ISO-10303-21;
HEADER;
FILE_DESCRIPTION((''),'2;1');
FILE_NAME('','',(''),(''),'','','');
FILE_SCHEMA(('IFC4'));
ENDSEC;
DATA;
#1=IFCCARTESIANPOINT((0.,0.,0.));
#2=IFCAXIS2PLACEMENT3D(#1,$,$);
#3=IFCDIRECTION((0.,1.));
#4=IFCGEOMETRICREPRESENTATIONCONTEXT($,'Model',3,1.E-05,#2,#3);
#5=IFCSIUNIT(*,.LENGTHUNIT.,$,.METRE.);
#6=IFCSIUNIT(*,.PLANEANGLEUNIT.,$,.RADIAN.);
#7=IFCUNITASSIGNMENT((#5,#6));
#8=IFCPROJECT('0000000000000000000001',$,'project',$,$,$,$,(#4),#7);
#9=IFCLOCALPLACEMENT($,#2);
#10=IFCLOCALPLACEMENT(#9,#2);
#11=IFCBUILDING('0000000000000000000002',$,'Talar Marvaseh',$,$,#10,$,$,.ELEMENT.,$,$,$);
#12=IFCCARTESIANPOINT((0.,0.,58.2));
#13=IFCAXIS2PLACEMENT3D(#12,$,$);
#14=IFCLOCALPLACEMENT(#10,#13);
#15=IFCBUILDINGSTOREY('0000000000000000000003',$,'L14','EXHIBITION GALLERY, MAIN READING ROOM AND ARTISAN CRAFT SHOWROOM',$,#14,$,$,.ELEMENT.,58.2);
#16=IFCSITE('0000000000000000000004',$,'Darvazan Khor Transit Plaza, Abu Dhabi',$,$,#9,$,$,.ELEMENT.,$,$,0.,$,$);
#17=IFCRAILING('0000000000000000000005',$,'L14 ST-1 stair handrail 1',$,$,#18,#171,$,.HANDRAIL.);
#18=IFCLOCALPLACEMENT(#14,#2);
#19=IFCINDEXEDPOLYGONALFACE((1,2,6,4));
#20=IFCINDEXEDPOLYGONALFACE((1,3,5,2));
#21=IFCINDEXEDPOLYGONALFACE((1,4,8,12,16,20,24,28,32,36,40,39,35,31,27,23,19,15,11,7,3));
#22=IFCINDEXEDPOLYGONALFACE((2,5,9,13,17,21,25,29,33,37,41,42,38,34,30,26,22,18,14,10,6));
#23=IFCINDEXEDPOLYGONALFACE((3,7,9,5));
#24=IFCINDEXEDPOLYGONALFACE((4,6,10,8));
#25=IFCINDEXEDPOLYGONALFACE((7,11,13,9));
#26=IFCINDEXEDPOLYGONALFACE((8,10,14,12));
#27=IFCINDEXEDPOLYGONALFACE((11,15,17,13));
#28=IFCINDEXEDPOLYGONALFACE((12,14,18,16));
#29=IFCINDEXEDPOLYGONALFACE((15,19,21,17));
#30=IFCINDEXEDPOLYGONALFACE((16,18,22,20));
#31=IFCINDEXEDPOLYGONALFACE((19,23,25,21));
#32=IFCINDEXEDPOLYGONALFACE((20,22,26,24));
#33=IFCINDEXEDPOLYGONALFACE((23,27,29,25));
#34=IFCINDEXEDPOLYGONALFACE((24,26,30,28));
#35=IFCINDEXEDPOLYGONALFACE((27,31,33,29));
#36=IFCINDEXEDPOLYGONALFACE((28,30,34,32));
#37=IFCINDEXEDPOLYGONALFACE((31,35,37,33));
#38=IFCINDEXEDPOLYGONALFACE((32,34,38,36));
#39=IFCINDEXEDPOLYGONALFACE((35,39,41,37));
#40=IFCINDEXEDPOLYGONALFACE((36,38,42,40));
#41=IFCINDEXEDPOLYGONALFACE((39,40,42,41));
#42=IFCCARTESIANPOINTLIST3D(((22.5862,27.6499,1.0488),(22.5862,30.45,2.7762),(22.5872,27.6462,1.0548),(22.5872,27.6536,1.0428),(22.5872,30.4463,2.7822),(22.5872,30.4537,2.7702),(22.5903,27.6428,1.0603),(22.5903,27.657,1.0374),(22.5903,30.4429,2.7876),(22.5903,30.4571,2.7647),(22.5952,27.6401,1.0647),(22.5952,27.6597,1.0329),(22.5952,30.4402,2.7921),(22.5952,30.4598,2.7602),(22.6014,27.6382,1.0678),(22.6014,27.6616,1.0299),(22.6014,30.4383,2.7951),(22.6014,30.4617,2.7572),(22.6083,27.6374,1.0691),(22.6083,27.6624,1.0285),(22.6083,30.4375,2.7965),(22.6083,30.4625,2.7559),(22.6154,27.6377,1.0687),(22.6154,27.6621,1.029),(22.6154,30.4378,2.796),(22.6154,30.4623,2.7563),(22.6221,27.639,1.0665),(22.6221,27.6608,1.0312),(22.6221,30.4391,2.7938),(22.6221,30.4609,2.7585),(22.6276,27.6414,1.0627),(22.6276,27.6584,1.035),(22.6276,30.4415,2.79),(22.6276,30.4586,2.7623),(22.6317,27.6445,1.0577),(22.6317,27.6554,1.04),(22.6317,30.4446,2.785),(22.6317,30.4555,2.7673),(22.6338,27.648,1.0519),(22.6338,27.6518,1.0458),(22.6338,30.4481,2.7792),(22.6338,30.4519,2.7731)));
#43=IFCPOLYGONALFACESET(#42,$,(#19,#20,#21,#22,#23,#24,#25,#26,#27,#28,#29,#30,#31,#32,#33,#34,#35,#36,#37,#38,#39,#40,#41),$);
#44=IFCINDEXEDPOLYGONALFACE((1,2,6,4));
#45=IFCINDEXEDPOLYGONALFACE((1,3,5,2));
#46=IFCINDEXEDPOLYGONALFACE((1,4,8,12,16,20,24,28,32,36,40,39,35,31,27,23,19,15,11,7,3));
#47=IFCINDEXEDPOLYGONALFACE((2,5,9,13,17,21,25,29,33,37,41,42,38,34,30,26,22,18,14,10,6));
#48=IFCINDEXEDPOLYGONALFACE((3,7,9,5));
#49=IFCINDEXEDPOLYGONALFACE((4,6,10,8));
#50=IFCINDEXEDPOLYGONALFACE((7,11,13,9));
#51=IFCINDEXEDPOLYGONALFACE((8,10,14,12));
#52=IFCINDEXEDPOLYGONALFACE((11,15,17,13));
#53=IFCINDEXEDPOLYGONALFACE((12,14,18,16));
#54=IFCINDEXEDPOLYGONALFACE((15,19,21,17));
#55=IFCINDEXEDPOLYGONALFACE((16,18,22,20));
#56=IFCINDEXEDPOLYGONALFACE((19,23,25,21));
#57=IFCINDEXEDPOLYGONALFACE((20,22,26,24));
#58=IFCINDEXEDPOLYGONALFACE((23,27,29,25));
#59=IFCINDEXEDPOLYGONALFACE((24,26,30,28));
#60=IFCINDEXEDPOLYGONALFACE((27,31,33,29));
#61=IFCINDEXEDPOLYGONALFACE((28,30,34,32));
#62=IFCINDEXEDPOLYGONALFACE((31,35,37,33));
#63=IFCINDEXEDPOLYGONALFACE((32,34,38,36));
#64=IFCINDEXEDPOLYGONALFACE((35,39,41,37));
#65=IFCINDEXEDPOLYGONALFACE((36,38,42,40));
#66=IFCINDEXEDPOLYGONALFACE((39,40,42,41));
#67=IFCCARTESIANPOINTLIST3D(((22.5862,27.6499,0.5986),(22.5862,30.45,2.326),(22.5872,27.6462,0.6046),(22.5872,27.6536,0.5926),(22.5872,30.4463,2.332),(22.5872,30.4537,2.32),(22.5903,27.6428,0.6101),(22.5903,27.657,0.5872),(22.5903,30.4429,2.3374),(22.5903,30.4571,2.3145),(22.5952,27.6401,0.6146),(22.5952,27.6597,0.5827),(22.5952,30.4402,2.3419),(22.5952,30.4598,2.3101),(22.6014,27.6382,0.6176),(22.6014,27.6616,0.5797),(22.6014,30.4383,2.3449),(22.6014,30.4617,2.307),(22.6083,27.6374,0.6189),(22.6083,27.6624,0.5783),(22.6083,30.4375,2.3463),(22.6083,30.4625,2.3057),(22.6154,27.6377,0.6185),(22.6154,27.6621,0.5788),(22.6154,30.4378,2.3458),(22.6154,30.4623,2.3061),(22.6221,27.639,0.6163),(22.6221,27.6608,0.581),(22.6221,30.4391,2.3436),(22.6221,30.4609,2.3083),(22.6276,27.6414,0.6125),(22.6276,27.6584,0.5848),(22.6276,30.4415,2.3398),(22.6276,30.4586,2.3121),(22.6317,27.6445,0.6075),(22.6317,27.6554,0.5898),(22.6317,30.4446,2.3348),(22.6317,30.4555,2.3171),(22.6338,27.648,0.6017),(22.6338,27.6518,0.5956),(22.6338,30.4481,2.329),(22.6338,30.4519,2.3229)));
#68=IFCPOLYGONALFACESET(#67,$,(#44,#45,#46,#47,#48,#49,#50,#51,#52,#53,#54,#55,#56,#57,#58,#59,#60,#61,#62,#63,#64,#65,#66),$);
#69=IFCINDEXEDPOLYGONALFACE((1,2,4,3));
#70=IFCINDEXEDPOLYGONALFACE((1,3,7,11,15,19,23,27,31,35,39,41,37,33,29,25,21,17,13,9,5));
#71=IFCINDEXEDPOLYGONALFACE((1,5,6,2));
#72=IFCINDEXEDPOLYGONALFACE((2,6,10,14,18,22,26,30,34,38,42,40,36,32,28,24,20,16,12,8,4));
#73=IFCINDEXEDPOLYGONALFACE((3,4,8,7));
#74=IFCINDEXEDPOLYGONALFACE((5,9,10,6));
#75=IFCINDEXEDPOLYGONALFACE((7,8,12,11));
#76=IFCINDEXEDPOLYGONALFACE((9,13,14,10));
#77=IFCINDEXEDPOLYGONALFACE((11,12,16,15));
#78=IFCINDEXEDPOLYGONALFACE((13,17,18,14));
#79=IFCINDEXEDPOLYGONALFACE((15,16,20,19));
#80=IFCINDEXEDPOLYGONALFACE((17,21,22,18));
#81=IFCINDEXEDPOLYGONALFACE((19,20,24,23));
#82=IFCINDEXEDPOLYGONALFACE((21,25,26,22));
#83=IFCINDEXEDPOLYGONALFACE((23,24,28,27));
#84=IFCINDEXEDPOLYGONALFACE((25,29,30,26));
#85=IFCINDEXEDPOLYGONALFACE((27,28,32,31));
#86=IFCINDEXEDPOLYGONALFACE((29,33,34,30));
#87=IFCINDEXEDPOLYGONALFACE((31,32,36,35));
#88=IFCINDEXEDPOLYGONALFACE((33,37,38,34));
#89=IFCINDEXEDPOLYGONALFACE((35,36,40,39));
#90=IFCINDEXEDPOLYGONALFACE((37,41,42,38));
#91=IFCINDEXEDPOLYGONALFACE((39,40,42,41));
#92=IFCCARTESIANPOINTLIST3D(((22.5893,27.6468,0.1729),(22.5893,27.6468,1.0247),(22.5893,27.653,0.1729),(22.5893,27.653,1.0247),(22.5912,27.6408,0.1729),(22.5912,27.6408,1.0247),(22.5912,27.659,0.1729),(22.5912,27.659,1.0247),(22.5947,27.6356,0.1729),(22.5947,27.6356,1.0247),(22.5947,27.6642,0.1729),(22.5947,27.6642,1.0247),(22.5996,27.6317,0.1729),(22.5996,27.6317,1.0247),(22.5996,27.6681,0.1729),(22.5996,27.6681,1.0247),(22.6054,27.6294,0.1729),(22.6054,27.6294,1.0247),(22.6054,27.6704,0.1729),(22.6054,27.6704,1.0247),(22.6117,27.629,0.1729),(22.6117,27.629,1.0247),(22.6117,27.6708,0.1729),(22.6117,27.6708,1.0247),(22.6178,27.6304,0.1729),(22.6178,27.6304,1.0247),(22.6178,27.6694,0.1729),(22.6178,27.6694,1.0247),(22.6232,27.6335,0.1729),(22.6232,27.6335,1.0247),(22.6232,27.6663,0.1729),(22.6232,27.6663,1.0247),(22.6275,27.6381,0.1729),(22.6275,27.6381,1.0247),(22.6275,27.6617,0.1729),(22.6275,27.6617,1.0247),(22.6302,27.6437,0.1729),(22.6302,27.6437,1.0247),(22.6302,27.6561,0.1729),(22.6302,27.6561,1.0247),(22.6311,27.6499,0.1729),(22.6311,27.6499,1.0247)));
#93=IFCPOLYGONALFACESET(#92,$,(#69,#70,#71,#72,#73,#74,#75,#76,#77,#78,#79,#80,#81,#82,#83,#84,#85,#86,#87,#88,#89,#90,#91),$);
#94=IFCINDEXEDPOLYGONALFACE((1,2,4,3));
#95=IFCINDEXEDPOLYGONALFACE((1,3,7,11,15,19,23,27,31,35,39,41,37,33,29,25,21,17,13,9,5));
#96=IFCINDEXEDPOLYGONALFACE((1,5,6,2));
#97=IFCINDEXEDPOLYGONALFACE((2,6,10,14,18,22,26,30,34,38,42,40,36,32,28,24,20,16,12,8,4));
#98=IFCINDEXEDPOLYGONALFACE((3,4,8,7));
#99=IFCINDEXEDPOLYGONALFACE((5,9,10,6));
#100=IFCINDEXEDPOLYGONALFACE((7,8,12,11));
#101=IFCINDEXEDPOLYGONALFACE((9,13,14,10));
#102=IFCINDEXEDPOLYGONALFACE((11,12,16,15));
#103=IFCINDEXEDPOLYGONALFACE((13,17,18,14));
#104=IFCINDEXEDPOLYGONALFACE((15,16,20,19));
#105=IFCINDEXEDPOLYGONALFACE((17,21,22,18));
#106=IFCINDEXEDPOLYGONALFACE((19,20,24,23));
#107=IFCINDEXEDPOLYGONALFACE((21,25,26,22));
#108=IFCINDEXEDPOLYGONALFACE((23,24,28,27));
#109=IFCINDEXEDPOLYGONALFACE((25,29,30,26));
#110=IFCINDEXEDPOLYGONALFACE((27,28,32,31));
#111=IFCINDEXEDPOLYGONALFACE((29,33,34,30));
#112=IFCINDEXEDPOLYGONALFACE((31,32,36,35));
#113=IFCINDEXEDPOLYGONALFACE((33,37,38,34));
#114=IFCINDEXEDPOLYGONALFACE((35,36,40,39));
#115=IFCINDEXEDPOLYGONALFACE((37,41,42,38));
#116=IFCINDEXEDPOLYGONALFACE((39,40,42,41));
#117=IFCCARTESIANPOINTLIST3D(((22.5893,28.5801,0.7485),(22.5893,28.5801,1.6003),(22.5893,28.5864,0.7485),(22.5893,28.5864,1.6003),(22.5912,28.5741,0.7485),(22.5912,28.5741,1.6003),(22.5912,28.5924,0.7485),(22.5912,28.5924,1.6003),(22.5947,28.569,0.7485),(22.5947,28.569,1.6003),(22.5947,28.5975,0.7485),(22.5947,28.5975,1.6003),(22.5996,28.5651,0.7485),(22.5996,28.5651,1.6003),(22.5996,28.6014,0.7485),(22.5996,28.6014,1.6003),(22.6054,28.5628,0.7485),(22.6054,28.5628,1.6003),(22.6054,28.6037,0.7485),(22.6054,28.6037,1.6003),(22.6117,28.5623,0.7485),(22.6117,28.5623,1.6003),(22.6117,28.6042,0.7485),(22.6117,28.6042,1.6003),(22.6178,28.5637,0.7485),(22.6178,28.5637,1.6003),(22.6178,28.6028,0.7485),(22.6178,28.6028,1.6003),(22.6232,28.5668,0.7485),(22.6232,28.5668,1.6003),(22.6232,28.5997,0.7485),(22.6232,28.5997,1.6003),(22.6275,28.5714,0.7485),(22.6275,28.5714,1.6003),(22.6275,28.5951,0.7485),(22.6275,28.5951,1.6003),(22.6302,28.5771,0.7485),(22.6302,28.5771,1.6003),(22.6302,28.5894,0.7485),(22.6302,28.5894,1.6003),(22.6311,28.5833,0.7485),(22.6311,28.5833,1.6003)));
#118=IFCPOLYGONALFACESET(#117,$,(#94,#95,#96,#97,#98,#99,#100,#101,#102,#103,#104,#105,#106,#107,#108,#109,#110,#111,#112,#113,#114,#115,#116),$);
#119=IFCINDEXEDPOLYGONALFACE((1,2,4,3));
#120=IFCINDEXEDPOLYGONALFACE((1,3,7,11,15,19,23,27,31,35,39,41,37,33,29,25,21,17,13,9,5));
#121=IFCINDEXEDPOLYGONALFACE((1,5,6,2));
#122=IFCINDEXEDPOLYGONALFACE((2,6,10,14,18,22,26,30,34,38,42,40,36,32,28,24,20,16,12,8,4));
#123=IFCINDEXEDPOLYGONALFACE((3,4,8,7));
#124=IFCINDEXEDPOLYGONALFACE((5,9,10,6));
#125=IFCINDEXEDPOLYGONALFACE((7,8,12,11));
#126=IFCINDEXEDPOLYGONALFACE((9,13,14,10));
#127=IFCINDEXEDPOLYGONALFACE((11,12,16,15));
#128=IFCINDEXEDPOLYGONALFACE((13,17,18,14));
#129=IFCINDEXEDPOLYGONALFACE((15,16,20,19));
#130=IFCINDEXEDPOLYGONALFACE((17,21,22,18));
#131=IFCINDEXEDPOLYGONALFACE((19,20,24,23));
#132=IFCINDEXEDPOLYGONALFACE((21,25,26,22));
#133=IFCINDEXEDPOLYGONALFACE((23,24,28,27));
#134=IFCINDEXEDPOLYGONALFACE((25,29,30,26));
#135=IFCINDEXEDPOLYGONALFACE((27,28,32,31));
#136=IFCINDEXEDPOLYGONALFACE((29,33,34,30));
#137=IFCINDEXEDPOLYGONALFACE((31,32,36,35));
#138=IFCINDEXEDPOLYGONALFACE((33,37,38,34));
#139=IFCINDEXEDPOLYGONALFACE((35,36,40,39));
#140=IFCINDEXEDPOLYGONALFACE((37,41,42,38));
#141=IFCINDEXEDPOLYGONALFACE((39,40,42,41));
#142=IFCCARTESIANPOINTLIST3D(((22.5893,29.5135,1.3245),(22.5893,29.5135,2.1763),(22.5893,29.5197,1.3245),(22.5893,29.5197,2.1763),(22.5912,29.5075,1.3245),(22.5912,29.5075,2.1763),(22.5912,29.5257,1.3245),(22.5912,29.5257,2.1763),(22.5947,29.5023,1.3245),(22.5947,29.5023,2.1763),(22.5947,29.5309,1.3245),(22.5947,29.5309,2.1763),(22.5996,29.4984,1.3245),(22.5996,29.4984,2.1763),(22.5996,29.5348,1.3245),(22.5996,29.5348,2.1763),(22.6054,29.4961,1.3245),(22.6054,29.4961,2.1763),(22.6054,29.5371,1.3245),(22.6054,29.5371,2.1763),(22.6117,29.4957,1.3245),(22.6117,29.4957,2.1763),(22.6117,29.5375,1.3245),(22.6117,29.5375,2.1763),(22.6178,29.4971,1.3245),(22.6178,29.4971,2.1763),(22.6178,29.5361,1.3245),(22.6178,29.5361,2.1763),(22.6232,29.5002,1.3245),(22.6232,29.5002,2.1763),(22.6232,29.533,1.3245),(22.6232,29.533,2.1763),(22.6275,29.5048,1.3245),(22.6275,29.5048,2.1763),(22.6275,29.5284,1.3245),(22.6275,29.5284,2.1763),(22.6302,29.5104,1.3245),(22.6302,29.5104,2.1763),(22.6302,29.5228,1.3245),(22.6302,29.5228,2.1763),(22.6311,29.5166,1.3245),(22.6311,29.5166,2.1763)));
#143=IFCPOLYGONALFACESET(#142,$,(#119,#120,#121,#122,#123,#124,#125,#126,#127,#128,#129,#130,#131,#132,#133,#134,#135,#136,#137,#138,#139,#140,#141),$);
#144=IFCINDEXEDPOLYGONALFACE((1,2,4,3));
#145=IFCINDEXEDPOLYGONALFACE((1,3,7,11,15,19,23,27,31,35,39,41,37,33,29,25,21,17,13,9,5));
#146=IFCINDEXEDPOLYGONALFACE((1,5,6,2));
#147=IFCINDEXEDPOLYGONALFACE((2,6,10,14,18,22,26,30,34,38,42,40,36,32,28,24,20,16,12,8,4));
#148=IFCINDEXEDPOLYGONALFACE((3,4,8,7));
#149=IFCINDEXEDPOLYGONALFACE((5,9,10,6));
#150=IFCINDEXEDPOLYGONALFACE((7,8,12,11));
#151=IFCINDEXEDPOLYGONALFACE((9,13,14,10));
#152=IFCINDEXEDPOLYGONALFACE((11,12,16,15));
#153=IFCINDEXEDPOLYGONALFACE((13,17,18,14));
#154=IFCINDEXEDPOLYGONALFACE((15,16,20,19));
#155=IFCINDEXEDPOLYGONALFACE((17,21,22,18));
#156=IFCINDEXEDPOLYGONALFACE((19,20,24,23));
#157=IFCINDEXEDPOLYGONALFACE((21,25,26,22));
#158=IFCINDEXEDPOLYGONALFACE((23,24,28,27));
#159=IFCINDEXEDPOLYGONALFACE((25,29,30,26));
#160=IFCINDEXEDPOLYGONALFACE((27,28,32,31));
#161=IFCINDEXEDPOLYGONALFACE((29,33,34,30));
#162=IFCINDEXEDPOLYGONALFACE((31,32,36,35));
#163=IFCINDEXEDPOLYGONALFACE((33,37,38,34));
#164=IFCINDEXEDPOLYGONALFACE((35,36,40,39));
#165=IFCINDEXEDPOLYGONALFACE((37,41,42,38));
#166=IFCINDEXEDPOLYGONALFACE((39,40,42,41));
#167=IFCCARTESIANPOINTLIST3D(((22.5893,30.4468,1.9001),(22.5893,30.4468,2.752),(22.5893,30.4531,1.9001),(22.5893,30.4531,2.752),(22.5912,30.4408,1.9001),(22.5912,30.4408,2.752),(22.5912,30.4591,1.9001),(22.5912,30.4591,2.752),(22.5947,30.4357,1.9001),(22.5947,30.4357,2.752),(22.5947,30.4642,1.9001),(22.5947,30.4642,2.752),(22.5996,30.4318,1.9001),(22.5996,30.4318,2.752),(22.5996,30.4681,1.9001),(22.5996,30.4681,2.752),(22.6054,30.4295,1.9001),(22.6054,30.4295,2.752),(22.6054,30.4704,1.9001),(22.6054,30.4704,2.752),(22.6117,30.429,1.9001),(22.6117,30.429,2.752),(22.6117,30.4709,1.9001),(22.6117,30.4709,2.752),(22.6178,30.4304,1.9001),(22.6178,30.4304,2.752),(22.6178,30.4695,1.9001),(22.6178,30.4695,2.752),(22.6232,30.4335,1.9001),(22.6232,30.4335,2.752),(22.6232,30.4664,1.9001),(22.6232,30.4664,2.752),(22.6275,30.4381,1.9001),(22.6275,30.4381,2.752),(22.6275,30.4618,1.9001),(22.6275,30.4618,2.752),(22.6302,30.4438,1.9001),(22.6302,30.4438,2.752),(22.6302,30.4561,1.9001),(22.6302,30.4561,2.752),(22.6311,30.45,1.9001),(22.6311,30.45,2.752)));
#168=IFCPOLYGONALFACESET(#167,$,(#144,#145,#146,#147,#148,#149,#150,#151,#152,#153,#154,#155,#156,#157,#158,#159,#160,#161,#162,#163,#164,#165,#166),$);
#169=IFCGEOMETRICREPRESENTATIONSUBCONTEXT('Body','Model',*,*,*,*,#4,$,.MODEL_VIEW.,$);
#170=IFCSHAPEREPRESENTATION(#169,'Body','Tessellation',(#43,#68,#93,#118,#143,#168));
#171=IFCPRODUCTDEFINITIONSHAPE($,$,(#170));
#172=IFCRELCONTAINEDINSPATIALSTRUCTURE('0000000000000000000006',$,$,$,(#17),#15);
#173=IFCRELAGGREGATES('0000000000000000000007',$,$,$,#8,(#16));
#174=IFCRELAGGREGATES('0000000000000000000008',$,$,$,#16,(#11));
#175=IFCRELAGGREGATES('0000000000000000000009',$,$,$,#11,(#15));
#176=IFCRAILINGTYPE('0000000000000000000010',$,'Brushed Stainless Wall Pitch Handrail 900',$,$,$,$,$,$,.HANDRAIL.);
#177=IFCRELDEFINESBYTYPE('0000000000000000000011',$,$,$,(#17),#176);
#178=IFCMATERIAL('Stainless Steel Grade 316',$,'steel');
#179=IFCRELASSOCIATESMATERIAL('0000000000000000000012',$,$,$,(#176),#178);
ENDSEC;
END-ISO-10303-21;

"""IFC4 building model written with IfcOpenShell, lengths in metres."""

from ifc_helpers import new_model, si_unit, direction, frame, origin, origin_2d, place, context, subcontext, project, spatial, circle, extrude, material, type_object, element, save


model = new_model("IFC4")

# Units and contexts
model_context = context("Model", 3, precision=1e-05, world=origin(), true_north=direction((0.0, 1.0)))
body_context = subcontext(model_context, "Body", "Model", "MODEL_VIEW")
ifc_project = project(units=[si_unit("LENGTHUNIT", "METRE"), si_unit("PLANEANGLEUNIT", "RADIAN")], contexts=[model_context])

# Site, building, storey
site_placement = place(None, origin())
site = spatial("IfcSite", under=ifc_project, at=site_placement, Name="Darvazan Khor Transit Plaza, Abu Dhabi", CompositionType="ELEMENT", RefElevation=0.0)
building_placement = place(site_placement, origin())
building = spatial("IfcBuilding", under=site, at=building_placement, Name="Talar Marvaseh", CompositionType="ELEMENT")
storey_placement = place(building_placement, frame((0.0, 0.0, 58.2)))
storey = spatial("IfcBuildingStorey", under=building, at=storey_placement, Name="L14", Description="EXHIBITION GALLERY, MAIN READING ROOM AND ARTISAN CRAFT SHOWROOM", CompositionType="ELEMENT", Elevation=58.2)

# Railing
ifc_material_1 = material(Name="Stainless Steel Grade 316", Category="steel")
railing_type_1 = type_object("IfcRailingType", Name="Brushed Stainless Wall Pitch Handrail 900", PredefinedType="HANDRAIL", material=ifc_material_1)
railing_1_placement = place(storey_placement, frame((22.6101, 27.6499, 0.1729)))
element("IfcRailing", 1, at=railing_1_placement, inside=storey, type_object=railing_type_1, Name="L14 ST-1 stair handrail 1", PredefinedType="HANDRAIL", context=body_context, shape_type="SweptSolid", body=[
    extrude(circle(Radius=0.0239, at=origin_2d()), frame((0.0, 0.0, 0.876), z_axis=(0.0, 0.85109, 0.52502), x_axis=(-1.0, 0.0, 0.0)), (0.0, 0.0, 1.0), 3.29),
    extrude(circle(Radius=0.0239, at=origin_2d()), frame((0.0, 0.0, 0.4258), z_axis=(0.0, 0.85109, 0.52502), x_axis=(-1.0, 0.0, 0.0)), (0.0, 0.0, 1.0), 3.29),
    extrude(circle(Radius=0.021, at=origin_2d()), origin(), (0.0, 0.0, 1.0), 0.8518),
    extrude(circle(Radius=0.021, at=origin_2d()), frame((0.0, 0.9333, 0.5757)), (0.0, 0.0, 1.0), 0.8518),
    extrude(circle(Radius=0.021, at=origin_2d()), frame((0.0, 1.8667, 1.1516)), (0.0, 0.0, 1.0), 0.8518),
    extrude(circle(Radius=0.021, at=origin_2d()), frame((0.0, 2.8, 1.7273)), (0.0, 0.0, 1.0), 0.8518),
])

save(model, "model.ifc")
